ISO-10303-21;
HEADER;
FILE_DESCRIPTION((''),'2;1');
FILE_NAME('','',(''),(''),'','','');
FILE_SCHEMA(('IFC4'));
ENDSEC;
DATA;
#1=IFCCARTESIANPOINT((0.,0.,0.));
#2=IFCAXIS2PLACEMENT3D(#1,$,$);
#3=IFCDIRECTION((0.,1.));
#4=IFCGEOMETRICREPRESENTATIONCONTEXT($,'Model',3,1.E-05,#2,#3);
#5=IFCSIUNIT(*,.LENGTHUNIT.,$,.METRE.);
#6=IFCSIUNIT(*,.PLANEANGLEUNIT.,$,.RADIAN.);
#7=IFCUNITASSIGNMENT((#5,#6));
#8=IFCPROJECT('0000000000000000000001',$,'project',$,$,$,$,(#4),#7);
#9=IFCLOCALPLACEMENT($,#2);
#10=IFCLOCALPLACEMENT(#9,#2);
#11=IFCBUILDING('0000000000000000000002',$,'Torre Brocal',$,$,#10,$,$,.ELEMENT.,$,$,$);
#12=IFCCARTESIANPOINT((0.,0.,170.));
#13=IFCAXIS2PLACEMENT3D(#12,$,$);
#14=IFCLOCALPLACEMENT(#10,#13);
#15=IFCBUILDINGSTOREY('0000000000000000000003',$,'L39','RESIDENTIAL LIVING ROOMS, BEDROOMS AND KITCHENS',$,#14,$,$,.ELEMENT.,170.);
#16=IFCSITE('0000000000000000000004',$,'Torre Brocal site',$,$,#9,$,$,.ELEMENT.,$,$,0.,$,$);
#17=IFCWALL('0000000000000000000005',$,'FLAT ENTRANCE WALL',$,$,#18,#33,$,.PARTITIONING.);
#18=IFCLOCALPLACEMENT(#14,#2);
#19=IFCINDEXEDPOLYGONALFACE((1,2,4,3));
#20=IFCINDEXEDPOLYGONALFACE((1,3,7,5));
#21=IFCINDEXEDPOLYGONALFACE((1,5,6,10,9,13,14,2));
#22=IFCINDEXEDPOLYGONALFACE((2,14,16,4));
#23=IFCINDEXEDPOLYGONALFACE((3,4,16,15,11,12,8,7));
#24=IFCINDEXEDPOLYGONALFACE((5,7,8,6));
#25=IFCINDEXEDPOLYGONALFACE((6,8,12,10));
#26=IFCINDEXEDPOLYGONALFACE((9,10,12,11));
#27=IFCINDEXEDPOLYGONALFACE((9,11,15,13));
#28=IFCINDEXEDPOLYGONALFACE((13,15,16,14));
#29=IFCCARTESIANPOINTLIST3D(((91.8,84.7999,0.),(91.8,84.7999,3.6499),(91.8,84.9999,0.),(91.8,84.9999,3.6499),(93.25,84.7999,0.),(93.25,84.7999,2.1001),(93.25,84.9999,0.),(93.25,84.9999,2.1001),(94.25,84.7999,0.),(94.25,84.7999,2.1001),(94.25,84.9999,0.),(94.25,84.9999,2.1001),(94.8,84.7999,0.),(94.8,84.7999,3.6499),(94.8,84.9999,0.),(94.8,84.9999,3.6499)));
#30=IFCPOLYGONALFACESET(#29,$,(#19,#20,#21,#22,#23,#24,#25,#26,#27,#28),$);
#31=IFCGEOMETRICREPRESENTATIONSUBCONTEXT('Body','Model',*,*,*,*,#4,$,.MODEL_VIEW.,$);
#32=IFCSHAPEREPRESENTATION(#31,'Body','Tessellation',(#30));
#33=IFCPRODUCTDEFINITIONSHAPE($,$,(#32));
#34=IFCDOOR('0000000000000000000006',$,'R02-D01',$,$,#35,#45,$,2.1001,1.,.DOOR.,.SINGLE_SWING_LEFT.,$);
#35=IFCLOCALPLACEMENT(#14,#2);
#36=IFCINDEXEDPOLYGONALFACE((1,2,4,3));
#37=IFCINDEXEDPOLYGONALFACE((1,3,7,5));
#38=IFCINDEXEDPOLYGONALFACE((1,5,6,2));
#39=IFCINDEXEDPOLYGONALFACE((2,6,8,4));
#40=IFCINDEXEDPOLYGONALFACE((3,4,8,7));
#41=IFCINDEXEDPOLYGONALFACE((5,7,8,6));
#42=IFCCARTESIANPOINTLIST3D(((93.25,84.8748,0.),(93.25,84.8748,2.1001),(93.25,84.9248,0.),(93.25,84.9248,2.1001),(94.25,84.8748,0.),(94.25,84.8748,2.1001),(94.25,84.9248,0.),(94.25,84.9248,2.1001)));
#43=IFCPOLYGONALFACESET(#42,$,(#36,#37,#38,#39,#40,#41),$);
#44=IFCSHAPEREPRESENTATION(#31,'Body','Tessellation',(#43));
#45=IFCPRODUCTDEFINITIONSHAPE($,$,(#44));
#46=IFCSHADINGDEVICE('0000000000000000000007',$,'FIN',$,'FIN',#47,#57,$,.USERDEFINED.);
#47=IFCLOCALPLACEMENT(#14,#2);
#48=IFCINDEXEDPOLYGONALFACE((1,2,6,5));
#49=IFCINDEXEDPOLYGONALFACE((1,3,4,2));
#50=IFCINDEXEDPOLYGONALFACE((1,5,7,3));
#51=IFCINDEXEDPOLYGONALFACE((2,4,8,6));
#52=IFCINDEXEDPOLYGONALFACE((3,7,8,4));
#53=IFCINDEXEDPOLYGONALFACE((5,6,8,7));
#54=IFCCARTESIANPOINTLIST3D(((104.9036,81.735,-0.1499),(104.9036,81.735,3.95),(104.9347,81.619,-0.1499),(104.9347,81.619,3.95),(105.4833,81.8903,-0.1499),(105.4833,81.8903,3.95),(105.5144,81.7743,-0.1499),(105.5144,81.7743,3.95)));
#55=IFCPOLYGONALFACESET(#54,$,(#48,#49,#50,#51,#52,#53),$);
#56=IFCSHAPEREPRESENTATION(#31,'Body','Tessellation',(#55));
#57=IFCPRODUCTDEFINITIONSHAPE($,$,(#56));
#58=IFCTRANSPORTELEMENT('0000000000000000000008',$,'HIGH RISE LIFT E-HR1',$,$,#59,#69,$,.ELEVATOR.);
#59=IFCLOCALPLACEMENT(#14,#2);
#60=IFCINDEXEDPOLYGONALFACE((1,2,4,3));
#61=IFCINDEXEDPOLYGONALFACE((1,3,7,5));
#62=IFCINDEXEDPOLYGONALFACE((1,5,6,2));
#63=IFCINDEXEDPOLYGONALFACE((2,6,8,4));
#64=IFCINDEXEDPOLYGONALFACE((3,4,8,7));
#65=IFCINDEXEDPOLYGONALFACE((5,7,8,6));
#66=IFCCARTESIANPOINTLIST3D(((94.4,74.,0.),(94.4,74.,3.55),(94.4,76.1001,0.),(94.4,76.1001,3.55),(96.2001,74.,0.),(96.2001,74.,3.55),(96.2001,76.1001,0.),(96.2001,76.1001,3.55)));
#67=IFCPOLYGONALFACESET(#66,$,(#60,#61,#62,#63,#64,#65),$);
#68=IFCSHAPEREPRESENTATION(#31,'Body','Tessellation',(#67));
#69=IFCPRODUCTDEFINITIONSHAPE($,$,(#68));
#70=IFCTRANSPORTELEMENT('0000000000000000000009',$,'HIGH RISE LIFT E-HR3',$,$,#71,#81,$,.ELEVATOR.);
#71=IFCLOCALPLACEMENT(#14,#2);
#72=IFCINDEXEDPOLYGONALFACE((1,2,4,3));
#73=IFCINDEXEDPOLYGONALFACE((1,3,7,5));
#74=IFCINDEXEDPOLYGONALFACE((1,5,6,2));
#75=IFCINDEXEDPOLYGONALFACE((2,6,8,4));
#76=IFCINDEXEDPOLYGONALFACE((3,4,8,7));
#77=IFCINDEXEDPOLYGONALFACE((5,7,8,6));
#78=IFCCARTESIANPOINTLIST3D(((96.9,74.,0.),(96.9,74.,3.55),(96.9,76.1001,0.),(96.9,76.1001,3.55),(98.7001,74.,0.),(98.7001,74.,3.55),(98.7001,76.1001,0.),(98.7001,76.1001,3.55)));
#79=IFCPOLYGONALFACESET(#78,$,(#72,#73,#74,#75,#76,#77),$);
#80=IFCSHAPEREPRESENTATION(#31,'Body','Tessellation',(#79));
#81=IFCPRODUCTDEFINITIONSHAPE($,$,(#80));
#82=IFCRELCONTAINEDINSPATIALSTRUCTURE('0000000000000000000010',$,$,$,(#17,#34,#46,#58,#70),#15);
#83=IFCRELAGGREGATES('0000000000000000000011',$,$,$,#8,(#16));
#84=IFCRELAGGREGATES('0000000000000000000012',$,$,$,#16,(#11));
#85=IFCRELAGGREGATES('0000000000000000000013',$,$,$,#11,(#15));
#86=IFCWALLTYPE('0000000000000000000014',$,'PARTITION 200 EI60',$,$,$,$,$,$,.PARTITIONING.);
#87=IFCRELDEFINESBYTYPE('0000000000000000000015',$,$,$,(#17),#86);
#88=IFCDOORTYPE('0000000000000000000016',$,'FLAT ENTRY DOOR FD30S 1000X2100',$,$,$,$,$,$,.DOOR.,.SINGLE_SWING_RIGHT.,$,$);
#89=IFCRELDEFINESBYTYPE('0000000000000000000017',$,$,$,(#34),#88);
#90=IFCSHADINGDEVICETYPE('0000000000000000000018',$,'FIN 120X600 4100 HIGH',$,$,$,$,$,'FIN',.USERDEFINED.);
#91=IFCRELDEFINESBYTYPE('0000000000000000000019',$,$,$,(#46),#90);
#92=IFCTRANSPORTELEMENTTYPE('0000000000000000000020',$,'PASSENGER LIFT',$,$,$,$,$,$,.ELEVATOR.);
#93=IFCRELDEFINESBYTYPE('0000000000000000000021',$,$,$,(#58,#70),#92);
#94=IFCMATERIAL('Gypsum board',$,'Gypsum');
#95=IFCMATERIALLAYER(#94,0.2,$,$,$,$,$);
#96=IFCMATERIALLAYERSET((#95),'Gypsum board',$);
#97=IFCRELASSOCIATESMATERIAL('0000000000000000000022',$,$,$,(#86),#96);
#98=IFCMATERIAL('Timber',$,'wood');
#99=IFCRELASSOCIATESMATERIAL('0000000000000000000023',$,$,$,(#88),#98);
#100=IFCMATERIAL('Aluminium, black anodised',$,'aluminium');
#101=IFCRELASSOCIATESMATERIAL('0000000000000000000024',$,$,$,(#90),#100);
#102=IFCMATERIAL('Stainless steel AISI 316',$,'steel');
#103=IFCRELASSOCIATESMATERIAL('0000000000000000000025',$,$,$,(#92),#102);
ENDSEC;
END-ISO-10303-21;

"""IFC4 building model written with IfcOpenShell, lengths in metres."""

from ifc_helpers import new_model, si_unit, direction, frame, frame_2d, origin, origin_2d, place, context, subcontext, project, spatial, rectangle, extrude, material, layer, layer_set, material_profile, profile_set, type_object, element, fill, save


model = new_model("IFC4")

# Units and contexts
model_context = context("Model", 3, precision=1e-05, world=origin(), true_north=direction((0.0, 1.0)))
body_context = subcontext(model_context, "Body", "Model", "MODEL_VIEW")
ifc_project = project(units=[si_unit("LENGTHUNIT", "METRE"), si_unit("PLANEANGLEUNIT", "RADIAN")], contexts=[model_context])

# Site, building, storey
site_placement = place(None, origin())
site = spatial("IfcSite", under=ifc_project, at=site_placement, Name="Torre Brocal site", CompositionType="ELEMENT", RefElevation=0.0)
building_placement = place(site_placement, origin())
building = spatial("IfcBuilding", under=site, at=building_placement, Name="Torre Brocal", CompositionType="ELEMENT")
storey_placement = place(building_placement, frame((0.0, 0.0, 170.0)))
storey = spatial("IfcBuildingStorey", under=building, at=storey_placement, Name="L39", Description="RESIDENTIAL LIVING ROOMS, BEDROOMS AND KITCHENS", CompositionType="ELEMENT", Elevation=170.0)

# Wall, opening, door
ifc_material_1 = material(Name="Gypsum board", Category="Gypsum")
ifc_layer_1 = layer(ifc_material_1, 0.2)
ifc_layer_set_1 = layer_set([ifc_layer_1], Name="Gypsum board")
wall_type_1 = type_object("IfcWallType", Name="PARTITION 200 EI60", PredefinedType="PARTITIONING", material=ifc_layer_set_1)
wall_1_placement = place(storey_placement, frame((91.8, 84.8999, 0.0), z_axis=(0.0, 0.0, 1.0), x_axis=(1.0, 0.0, 0.0)))
wall_1 = element("IfcWall", 1, at=wall_1_placement, inside=storey, type_object=wall_type_1, Name="FLAT ENTRANCE WALL", PredefinedType="PARTITIONING", context=body_context, shape_type="SweptSolid", body=[
    extrude(rectangle(XDim=3.0, YDim=0.2, at=frame_2d((1.5, 0.0))), origin(), (0.0, 0.0, 1.0), 3.6499),
])
opening_1_placement = place(wall_1_placement, frame((1.45, 0.0, 0.0)))
opening_1 = element("IfcOpeningElement", 2, at=opening_1_placement, cuts=wall_1, PredefinedType="OPENING", context=body_context, shape_type="SweptSolid", body=[
    extrude(rectangle(XDim=1.0, YDim=2.1001, at=frame_2d((0.5, 1.05))), frame((0.0, 0.1099, 0.0), z_axis=(0.0, -1.0, 0.0), x_axis=(1.0, 0.0, 0.0)), (0.0, 0.0, 1.0), 0.22),
])
ifc_material_2 = material(Name="Timber", Category="wood")
door_type_1 = type_object("IfcDoorType", Name="FLAT ENTRY DOOR FD30S 1000X2100", OperationType="SINGLE_SWING_RIGHT", PredefinedType="DOOR", material=ifc_material_2)
door_1_placement = place(opening_1_placement, origin())
door_1 = element("IfcDoor", 3, at=door_1_placement, inside=storey, type_object=door_type_1, Name="R02-D01", OperationType="SINGLE_SWING_LEFT", OverallHeight=2.1001, OverallWidth=1.0, PredefinedType="DOOR", context=body_context, shape_type="SweptSolid", body=[
    extrude(rectangle(XDim=1.0, YDim=2.1001, at=frame_2d((0.5, 1.05))), frame((0.0, 0.0249, 0.0), z_axis=(0.0, -1.0, 0.0), x_axis=(1.0, 0.0, 0.0)), (0.0, 0.0, 1.0), 0.05),
])
fill(opening_1, door_1)

# Shading device
ifc_material_3 = material(Name="Aluminium, black anodised", Category="aluminium")
ifc_material_profile_1 = material_profile(ifc_material_3, rectangle(XDim=0.1201, YDim=0.6001, at=origin_2d()), Name="FIN 120X600 4100 HIGH")
ifc_profile_set_1 = profile_set([ifc_material_profile_1], Name="Aluminium, black anodised")
shading_device_type = type_object("IfcShadingDeviceType", Name="FIN 120X600 4100 HIGH", ElementType="FIN", PredefinedType="USERDEFINED", material=ifc_profile_set_1)
shading_device_placement = place(storey_placement, frame((105.209, 81.7546, -0.1499), z_axis=(0.0, 0.0, 1.0), x_axis=(-0.258819, 0.965926, 0.0)))
element("IfcShadingDevice", 4, at=shading_device_placement, inside=storey, type_object=shading_device_type, Name="FIN", ObjectType="FIN", PredefinedType="USERDEFINED", context=body_context, shape_type="SweptSolid", body=[
    extrude(rectangle(XDim=0.1201, YDim=0.6001, at=origin_2d()), origin(), (0.0, 0.0, 1.0), 4.0999),
])

# Transport elements
ifc_material_4 = material(Name="Stainless steel AISI 316", Category="steel")
transport_element_type = type_object("IfcTransportElementType", Name="PASSENGER LIFT", PredefinedType="ELEVATOR", material=ifc_material_4)
for number, where, z_axis, x_axis, name in (
    (5, (95.3, 75.05, 0.0), (0.0, 0.0, 1.0), (1.0, 0.0, 0.0), "HIGH RISE LIFT E-HR1"),
    (6, (97.8, 75.05, 0.0), (0.0, 0.0, 1.0), (1.0, 0.0, 0.0), "HIGH RISE LIFT E-HR3"),
):
    element("IfcTransportElement", number, at=place(storey_placement, frame(where, z_axis=z_axis, x_axis=x_axis)), inside=storey, type_object=transport_element_type, Name=name, PredefinedType="ELEVATOR", context=body_context, shape_type="SweptSolid", body=[
        extrude(rectangle(XDim=1.8, YDim=2.1001, at=origin_2d()), origin(), (0.0, 0.0, 1.0), 3.55),
    ])

save(model, "model.ifc")
